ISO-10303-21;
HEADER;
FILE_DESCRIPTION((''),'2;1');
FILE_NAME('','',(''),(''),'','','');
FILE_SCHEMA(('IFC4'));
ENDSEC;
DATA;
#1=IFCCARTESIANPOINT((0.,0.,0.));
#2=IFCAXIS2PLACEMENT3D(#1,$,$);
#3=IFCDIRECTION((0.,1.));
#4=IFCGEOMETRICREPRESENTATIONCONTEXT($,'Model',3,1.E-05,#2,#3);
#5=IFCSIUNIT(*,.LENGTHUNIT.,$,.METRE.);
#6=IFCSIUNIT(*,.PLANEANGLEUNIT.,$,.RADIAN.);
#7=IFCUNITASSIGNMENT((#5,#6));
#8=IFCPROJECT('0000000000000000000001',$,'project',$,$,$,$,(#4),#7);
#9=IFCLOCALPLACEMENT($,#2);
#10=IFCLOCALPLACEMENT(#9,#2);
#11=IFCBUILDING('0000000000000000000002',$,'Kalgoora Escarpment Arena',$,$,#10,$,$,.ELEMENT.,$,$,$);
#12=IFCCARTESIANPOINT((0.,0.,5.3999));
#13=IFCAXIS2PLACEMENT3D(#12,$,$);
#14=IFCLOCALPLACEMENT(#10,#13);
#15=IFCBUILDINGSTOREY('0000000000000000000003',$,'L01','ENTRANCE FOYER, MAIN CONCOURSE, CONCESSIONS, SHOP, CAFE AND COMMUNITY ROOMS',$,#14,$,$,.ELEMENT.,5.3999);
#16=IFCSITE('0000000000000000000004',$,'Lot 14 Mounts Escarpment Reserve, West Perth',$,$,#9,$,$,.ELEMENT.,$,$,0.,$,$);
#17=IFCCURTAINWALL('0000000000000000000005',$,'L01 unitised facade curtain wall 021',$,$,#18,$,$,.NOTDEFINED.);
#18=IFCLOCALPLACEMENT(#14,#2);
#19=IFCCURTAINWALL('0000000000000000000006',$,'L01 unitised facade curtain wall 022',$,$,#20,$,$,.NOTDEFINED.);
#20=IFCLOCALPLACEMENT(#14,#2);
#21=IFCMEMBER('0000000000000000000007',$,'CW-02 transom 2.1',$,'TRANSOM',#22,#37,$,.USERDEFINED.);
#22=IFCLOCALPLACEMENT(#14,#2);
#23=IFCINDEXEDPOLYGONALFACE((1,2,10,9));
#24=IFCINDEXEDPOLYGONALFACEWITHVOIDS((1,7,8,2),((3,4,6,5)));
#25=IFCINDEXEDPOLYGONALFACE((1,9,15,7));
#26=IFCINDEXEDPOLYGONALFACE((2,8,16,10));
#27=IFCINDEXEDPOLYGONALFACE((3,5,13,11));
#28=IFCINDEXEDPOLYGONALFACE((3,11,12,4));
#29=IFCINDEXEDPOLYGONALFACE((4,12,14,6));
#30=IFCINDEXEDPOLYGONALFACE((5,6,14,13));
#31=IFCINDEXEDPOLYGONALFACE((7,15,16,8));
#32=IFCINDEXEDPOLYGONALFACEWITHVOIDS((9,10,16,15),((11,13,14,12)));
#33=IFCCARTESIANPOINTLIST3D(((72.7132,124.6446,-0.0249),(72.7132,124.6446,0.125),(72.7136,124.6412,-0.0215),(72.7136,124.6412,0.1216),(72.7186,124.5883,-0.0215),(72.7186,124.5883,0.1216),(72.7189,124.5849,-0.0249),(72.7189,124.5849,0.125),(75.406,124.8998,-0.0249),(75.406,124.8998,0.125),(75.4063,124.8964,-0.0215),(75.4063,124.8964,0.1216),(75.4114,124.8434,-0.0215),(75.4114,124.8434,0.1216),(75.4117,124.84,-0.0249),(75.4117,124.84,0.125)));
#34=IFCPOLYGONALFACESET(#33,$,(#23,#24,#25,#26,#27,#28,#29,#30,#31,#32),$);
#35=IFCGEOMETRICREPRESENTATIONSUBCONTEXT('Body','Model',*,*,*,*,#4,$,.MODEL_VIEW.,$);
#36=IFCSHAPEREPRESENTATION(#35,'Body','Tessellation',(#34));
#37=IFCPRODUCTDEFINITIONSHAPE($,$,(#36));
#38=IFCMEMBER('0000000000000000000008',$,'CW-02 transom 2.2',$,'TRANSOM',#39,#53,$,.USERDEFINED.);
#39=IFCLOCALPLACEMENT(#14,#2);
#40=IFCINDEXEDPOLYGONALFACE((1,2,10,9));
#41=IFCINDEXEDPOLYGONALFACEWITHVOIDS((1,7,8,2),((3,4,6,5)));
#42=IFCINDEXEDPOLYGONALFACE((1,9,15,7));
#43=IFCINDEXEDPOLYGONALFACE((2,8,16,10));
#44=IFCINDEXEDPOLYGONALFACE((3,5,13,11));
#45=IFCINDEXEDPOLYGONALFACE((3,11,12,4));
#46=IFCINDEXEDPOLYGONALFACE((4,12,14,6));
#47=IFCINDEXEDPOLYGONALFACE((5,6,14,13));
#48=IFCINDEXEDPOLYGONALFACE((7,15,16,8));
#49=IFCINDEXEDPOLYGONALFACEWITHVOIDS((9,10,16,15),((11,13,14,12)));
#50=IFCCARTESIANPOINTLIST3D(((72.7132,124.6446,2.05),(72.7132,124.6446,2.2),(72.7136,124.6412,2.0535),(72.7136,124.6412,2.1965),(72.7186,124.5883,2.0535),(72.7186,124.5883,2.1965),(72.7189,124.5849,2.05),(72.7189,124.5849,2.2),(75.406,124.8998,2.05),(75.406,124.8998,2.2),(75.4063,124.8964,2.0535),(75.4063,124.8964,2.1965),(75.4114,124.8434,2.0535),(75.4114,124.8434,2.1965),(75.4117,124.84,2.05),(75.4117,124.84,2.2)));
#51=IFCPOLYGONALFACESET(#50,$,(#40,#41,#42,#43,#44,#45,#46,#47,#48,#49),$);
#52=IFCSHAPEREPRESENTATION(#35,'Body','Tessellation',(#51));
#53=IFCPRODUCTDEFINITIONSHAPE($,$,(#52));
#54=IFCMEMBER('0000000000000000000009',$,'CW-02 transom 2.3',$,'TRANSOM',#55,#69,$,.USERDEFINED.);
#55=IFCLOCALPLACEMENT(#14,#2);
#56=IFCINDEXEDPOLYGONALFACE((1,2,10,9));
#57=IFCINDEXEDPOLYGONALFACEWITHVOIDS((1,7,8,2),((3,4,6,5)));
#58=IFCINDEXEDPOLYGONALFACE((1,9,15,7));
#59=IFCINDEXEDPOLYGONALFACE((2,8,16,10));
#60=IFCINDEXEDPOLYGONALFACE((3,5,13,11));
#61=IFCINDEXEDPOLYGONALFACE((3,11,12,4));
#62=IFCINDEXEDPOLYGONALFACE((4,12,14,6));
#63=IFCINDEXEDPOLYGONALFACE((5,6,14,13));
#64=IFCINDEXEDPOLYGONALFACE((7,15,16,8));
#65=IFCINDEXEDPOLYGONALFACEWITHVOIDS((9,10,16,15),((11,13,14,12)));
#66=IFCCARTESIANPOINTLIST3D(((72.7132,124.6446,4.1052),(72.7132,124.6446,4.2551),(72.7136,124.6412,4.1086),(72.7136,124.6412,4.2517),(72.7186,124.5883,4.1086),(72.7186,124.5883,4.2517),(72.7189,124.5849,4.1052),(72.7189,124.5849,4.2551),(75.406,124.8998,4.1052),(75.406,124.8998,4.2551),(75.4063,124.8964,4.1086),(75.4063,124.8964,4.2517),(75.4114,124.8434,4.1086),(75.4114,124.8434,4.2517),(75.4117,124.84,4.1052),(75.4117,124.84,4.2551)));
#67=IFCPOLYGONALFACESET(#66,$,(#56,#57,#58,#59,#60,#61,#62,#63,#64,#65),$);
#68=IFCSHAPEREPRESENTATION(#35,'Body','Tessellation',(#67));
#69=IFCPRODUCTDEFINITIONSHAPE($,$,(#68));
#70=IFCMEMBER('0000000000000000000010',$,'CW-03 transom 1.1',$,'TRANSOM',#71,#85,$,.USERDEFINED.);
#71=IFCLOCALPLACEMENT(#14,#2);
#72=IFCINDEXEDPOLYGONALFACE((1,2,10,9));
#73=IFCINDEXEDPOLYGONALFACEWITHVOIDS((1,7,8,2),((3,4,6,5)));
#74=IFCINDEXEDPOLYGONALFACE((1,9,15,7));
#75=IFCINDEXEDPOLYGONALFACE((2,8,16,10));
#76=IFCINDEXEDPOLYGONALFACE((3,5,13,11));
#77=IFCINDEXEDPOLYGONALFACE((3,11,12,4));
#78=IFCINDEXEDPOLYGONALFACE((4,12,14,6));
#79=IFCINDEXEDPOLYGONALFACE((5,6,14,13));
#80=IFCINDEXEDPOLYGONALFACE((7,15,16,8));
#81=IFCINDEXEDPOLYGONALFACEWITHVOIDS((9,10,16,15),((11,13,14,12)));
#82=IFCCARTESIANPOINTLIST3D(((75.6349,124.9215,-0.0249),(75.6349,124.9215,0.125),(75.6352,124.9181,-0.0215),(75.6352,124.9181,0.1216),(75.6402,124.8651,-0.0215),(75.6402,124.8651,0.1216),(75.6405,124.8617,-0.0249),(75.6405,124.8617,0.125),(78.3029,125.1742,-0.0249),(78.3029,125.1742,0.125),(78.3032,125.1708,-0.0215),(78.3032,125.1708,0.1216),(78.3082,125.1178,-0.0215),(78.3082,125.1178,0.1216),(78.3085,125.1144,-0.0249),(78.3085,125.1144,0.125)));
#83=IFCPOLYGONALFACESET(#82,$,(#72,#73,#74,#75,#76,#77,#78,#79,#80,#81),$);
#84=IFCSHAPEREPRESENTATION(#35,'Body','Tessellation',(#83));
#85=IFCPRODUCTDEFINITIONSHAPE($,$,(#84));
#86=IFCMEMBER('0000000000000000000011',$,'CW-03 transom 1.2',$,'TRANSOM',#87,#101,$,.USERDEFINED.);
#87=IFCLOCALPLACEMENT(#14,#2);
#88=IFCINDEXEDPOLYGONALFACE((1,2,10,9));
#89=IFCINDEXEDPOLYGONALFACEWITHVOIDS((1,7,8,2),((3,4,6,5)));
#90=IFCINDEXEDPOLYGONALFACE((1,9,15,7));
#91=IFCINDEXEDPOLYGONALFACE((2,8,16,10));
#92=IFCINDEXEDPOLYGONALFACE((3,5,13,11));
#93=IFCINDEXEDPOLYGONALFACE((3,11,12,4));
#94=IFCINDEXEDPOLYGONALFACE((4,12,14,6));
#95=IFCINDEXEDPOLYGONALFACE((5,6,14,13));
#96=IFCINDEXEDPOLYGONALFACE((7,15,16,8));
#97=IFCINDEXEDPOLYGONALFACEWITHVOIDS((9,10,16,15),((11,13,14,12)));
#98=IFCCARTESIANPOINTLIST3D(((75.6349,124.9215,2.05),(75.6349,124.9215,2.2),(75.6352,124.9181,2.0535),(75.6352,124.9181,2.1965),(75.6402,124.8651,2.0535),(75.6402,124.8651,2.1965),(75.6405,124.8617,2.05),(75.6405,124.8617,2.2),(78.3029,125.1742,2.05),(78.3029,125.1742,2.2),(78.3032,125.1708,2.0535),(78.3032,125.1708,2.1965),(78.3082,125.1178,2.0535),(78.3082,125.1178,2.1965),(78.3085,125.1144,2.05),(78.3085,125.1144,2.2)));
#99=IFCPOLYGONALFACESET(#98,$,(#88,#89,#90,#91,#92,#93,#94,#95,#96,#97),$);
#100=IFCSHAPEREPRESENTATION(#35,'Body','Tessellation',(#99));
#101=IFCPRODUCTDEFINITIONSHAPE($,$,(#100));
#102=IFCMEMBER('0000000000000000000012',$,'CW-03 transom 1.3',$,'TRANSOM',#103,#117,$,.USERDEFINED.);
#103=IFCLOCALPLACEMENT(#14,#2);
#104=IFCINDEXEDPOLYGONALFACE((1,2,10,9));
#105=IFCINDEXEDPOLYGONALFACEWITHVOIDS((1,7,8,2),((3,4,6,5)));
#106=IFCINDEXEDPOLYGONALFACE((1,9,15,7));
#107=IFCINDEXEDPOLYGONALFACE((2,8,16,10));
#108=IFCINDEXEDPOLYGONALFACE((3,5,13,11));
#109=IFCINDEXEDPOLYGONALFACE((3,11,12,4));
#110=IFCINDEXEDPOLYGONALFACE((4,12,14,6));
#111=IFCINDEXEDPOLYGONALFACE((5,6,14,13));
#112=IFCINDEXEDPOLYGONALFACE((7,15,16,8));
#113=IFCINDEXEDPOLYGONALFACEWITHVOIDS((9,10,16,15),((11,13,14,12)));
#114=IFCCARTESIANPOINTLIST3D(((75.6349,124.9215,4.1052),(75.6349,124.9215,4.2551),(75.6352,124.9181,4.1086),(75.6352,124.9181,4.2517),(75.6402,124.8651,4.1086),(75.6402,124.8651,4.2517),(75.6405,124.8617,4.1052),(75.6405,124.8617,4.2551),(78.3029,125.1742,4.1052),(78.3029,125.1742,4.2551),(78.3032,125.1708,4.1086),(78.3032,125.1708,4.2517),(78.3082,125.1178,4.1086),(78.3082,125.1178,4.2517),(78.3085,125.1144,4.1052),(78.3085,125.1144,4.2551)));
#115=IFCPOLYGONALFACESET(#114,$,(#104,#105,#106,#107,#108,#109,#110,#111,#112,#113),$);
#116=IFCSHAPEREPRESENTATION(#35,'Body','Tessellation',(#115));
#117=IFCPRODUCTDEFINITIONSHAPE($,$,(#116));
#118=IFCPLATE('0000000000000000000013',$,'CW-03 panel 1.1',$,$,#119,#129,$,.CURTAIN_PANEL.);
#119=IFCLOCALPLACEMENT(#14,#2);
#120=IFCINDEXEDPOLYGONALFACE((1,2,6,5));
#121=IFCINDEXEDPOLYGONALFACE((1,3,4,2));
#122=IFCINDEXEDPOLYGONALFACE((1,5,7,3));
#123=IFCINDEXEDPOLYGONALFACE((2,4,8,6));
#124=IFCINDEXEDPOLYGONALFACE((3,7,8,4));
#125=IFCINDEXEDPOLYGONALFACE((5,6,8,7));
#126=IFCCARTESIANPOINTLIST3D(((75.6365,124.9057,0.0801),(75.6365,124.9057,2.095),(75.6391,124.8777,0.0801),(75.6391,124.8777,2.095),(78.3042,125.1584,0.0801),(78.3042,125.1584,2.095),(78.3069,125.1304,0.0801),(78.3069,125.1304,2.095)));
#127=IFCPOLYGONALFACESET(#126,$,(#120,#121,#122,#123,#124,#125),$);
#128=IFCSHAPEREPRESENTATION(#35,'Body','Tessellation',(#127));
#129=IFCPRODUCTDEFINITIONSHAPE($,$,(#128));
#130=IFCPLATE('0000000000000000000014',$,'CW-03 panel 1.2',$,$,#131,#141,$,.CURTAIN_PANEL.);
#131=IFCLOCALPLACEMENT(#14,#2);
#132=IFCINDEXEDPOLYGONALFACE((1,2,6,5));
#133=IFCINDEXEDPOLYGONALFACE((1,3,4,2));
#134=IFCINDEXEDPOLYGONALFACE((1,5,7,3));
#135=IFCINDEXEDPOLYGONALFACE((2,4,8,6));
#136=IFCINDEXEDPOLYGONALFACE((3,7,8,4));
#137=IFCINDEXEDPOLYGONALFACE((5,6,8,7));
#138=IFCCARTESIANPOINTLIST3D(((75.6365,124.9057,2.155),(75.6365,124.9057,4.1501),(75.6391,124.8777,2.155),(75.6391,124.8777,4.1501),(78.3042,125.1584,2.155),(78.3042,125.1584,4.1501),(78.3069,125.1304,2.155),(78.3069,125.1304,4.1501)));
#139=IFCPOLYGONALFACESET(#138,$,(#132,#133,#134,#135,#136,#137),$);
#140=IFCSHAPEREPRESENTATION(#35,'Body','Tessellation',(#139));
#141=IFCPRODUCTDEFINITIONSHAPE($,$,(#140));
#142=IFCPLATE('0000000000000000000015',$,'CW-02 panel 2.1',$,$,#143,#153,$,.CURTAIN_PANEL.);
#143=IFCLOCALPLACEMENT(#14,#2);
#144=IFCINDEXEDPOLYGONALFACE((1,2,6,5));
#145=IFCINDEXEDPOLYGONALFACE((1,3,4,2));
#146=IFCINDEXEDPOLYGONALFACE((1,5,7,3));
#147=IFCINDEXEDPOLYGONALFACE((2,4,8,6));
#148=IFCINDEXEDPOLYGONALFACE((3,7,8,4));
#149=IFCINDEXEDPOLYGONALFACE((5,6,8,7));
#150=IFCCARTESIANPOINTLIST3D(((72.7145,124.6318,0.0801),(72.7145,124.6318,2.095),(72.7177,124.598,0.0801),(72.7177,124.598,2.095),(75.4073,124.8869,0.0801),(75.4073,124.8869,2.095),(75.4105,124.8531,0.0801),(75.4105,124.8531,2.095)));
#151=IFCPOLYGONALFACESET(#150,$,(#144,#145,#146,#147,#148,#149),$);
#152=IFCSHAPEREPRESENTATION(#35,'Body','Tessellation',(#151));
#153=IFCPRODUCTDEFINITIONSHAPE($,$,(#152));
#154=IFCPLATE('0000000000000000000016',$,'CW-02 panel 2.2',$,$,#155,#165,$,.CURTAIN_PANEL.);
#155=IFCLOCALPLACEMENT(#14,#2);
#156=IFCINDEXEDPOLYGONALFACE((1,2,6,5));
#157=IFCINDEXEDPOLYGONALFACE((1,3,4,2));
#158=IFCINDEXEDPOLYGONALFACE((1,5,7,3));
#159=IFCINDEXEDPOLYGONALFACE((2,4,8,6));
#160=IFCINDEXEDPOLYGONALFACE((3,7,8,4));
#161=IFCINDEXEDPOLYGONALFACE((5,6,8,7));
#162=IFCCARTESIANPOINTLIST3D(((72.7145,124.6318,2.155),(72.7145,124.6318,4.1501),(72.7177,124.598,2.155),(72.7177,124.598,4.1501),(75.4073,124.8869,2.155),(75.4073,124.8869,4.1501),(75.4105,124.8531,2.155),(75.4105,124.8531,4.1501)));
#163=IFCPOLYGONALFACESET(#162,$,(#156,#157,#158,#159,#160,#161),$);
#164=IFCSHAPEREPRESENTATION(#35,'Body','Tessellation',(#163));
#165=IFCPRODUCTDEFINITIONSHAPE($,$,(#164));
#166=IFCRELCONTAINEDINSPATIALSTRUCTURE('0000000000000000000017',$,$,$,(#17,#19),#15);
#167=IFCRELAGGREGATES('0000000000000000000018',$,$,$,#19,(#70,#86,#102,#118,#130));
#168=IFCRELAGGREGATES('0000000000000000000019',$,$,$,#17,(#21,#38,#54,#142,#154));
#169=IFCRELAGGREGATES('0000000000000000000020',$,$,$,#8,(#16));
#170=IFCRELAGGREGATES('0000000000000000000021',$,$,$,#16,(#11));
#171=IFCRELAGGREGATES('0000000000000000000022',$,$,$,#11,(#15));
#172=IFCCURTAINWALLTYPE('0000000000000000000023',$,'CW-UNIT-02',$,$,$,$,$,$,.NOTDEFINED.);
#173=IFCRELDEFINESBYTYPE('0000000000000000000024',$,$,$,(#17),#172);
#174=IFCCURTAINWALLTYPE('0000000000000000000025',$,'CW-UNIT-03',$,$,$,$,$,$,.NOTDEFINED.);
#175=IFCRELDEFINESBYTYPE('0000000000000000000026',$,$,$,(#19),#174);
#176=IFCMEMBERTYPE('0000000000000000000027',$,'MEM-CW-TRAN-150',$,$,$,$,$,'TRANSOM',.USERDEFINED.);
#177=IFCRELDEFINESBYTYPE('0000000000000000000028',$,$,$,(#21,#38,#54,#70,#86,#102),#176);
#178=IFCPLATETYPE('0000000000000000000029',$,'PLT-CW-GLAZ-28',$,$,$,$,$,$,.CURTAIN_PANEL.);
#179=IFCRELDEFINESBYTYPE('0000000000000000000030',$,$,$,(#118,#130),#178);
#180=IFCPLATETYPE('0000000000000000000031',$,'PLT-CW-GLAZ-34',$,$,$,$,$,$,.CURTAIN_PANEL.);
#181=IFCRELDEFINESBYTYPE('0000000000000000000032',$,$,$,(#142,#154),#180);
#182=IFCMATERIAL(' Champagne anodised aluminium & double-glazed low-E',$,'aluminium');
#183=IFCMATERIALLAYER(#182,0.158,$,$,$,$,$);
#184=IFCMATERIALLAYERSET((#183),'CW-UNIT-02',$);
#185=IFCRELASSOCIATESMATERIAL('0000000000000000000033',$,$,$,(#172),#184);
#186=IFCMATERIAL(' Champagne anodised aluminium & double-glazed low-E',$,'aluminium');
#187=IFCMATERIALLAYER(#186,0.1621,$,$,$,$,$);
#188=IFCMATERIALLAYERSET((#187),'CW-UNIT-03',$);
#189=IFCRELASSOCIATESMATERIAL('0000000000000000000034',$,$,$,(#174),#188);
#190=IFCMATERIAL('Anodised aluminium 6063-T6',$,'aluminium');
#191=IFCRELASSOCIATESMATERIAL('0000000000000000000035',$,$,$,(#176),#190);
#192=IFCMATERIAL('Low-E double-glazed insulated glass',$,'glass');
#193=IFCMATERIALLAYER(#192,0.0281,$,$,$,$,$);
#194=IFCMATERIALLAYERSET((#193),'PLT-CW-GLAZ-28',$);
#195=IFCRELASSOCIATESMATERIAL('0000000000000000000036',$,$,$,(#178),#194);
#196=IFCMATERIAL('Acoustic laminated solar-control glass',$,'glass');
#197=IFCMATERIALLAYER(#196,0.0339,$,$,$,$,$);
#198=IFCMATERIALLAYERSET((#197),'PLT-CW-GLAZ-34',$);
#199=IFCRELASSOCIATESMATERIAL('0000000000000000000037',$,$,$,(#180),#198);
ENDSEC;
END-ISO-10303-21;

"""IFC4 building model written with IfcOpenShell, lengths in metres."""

from ifc_helpers import new_model, si_unit, direction, frame, origin, origin_2d, place, context, subcontext, project, spatial, rectangle, hollow_rectangle, extrude, material, layer, layer_set, material_profile, profile_set, type_object, element, aggregate, save


model = new_model("IFC4")

# Units and contexts
model_context = context("Model", 3, precision=1e-05, world=origin(), true_north=direction((0.0, 1.0)))
body_context = subcontext(model_context, "Body", "Model", "MODEL_VIEW")
ifc_project = project(units=[si_unit("LENGTHUNIT", "METRE"), si_unit("PLANEANGLEUNIT", "RADIAN")], contexts=[model_context])

# Site, building, storey
site_placement = place(None, origin())
site = spatial("IfcSite", under=ifc_project, at=site_placement, Name="Lot 14 Mounts Escarpment Reserve, West Perth", CompositionType="ELEMENT", RefElevation=0.0)
building_placement = place(site_placement, origin())
building = spatial("IfcBuilding", under=site, at=building_placement, Name="Kalgoora Escarpment Arena", CompositionType="ELEMENT")
storey_placement = place(building_placement, frame((0.0, 0.0, 5.3999)))
storey = spatial("IfcBuildingStorey", under=building, at=storey_placement, Name="L01", Description="ENTRANCE FOYER, MAIN CONCOURSE, CONCESSIONS, SHOP, CAFE AND COMMUNITY ROOMS", CompositionType="ELEMENT", Elevation=5.3999)

# Curtain walls
ifc_material_1 = material(Name=" Champagne anodised aluminium & double-glazed low-E", Category="aluminium")
ifc_layer_1 = layer(ifc_material_1, 0.158)
ifc_layer_set_1 = layer_set([ifc_layer_1], Name="CW-UNIT-02")
curtain_wall_type_1 = type_object("IfcCurtainWallType", Name="CW-UNIT-02", PredefinedType="NOTDEFINED", material=ifc_layer_set_1)
curtain_wall_1_placement = place(storey_placement, origin())
curtain_wall_1 = element("IfcCurtainWall", 1, at=curtain_wall_1_placement, inside=storey, type_object=curtain_wall_type_1, Name="L01 unitised facade curtain wall 021", PredefinedType="NOTDEFINED")
ifc_material_2 = material(Name=" Champagne anodised aluminium & double-glazed low-E", Category="aluminium")
ifc_layer_2 = layer(ifc_material_2, 0.1621)
ifc_layer_set_2 = layer_set([ifc_layer_2], Name="CW-UNIT-03")
curtain_wall_type_2 = type_object("IfcCurtainWallType", Name="CW-UNIT-03", PredefinedType="NOTDEFINED", material=ifc_layer_set_2)
curtain_wall_2_placement = place(storey_placement, origin())
curtain_wall_2 = element("IfcCurtainWall", 2, at=curtain_wall_2_placement, inside=storey, type_object=curtain_wall_type_2, Name="L01 unitised facade curtain wall 022", PredefinedType="NOTDEFINED")

# Members
ifc_material_3 = material(Name="Anodised aluminium 6063-T6", Category="aluminium")
ifc_material_profile_1 = material_profile(ifc_material_3, hollow_rectangle(XDim=0.0601, YDim=0.1499, WallThickness=0.0034, at=origin_2d()))
ifc_profile_set_1 = profile_set([ifc_material_profile_1], Name="Anodised aluminium 6063-T6")
member_type_1 = type_object("IfcMemberType", Name="MEM-CW-TRAN-150", ElementType="TRANSOM", PredefinedType="USERDEFINED", material=ifc_profile_set_1)
member_1_placement = place(storey_placement, frame((72.7161, 124.6147, 0.05), z_axis=(0.995542, 0.094319, 0.0), x_axis=(-0.094319, 0.995542, 0.0)))
member_1 = element("IfcMember", 3, at=member_1_placement, type_object=member_type_1, Name="CW-02 transom 2.1", ObjectType="TRANSOM", PredefinedType="USERDEFINED", context=body_context, shape_type="SweptSolid", body=[
    extrude(hollow_rectangle(XDim=0.0601, YDim=0.1499, WallThickness=0.0034, at=origin_2d()), origin(), (0.0, 0.0, 1.0), 2.7048),
])
member_2_placement = place(storey_placement, frame((72.7161, 124.6147, 2.125), z_axis=(0.995542, 0.094319, 0.0), x_axis=(-0.094319, 0.995542, 0.0)))
member_2 = element("IfcMember", 4, at=member_2_placement, type_object=member_type_1, Name="CW-02 transom 2.2", ObjectType="TRANSOM", PredefinedType="USERDEFINED", context=body_context, shape_type="SweptSolid", body=[
    extrude(hollow_rectangle(XDim=0.0601, YDim=0.1499, WallThickness=0.0034, at=origin_2d()), origin(), (0.0, 0.0, 1.0), 2.7048),
])
member_3_placement = place(storey_placement, frame((72.7161, 124.6147, 4.1802), z_axis=(0.995542, 0.094319, 0.0), x_axis=(-0.094319, 0.995542, 0.0)))
member_3 = element("IfcMember", 5, at=member_3_placement, type_object=member_type_1, Name="CW-02 transom 2.3", ObjectType="TRANSOM", PredefinedType="USERDEFINED", context=body_context, shape_type="SweptSolid", body=[
    extrude(hollow_rectangle(XDim=0.0601, YDim=0.1499, WallThickness=0.0034, at=origin_2d()), origin(), (0.0, 0.0, 1.0), 2.7048),
])
member_4_placement = place(storey_placement, frame((75.6377, 124.8916, 0.05), z_axis=(0.995545, 0.094289, 0.0), x_axis=(-0.094289, 0.995545, 0.0)))
member_4 = element("IfcMember", 6, at=member_4_placement, type_object=member_type_1, Name="CW-03 transom 1.1", ObjectType="TRANSOM", PredefinedType="USERDEFINED", context=body_context, shape_type="SweptSolid", body=[
    extrude(hollow_rectangle(XDim=0.0601, YDim=0.1499, WallThickness=0.0034, at=origin_2d()), origin(), (0.0, 0.0, 1.0), 2.6799),
])
member_5_placement = place(storey_placement, frame((75.6377, 124.8916, 2.125), z_axis=(0.995545, 0.094289, 0.0), x_axis=(-0.094289, 0.995545, 0.0)))
member_5 = element("IfcMember", 7, at=member_5_placement, type_object=member_type_1, Name="CW-03 transom 1.2", ObjectType="TRANSOM", PredefinedType="USERDEFINED", context=body_context, shape_type="SweptSolid", body=[
    extrude(hollow_rectangle(XDim=0.0601, YDim=0.1499, WallThickness=0.0034, at=origin_2d()), origin(), (0.0, 0.0, 1.0), 2.6799),
])
member_6_placement = place(storey_placement, frame((75.6377, 124.8916, 4.1802), z_axis=(0.995545, 0.094289, 0.0), x_axis=(-0.094289, 0.995545, 0.0)))
member_6 = element("IfcMember", 8, at=member_6_placement, type_object=member_type_1, Name="CW-03 transom 1.3", ObjectType="TRANSOM", PredefinedType="USERDEFINED", context=body_context, shape_type="SweptSolid", body=[
    extrude(hollow_rectangle(XDim=0.0601, YDim=0.1499, WallThickness=0.0034, at=origin_2d()), origin(), (0.0, 0.0, 1.0), 2.6799),
])

# Plates
ifc_material_4 = material(Name="Low-E double-glazed insulated glass", Category="glass")
ifc_layer_3 = layer(ifc_material_4, 0.0281)
ifc_layer_set_3 = layer_set([ifc_layer_3], Name="PLT-CW-GLAZ-28")
plate_type_1 = type_object("IfcPlateType", Name="PLT-CW-GLAZ-28", PredefinedType="CURTAIN_PANEL", material=ifc_layer_set_3)
plate_1_placement = place(storey_placement, frame((76.9717, 125.0181, 0.0801), z_axis=(0.0, 0.0, 1.0), x_axis=(0.995544, 0.094301, 0.0)))
plate_1 = element("IfcPlate", 9, at=plate_1_placement, type_object=plate_type_1, Name="CW-03 panel 1.1", PredefinedType="CURTAIN_PANEL", context=body_context, shape_type="SweptSolid", body=[
    extrude(rectangle(XDim=2.6797, YDim=0.0281, at=origin_2d()), origin(), (0.0, 0.0, 1.0), 2.0149),
])
plate_2_placement = place(storey_placement, frame((76.9717, 125.0181, 2.155), z_axis=(0.0, 0.0, 1.0), x_axis=(0.995544, 0.094301, 0.0)))
plate_2 = element("IfcPlate", 10, at=plate_2_placement, type_object=plate_type_1, Name="CW-03 panel 1.2", PredefinedType="CURTAIN_PANEL", context=body_context, shape_type="SweptSolid", body=[
    extrude(rectangle(XDim=2.6797, YDim=0.0281, at=origin_2d()), origin(), (0.0, 0.0, 1.0), 1.9951),
])
aggregate(curtain_wall_2, [member_4, member_5, member_6, plate_1, plate_2])
ifc_material_5 = material(Name="Acoustic laminated solar-control glass", Category="glass")
ifc_layer_4 = layer(ifc_material_5, 0.0339)
ifc_layer_set_4 = layer_set([ifc_layer_4], Name="PLT-CW-GLAZ-34")
plate_type_2 = type_object("IfcPlateType", Name="PLT-CW-GLAZ-34", PredefinedType="CURTAIN_PANEL", material=ifc_layer_set_4)
plate_3_placement = place(storey_placement, frame((74.0625, 124.7424, 0.0801), z_axis=(0.0, 0.0, 1.0), x_axis=(0.995542, 0.094316, 0.0)))
plate_3 = element("IfcPlate", 11, at=plate_3_placement, type_object=plate_type_2, Name="CW-02 panel 2.1", PredefinedType="CURTAIN_PANEL", context=body_context, shape_type="SweptSolid", body=[
    extrude(rectangle(XDim=2.7048, YDim=0.0339, at=origin_2d()), origin(), (0.0, 0.0, 1.0), 2.0149),
])
plate_4_placement = place(storey_placement, frame((74.0625, 124.7424, 2.155), z_axis=(0.0, 0.0, 1.0), x_axis=(0.995542, 0.094316, 0.0)))
plate_4 = element("IfcPlate", 12, at=plate_4_placement, type_object=plate_type_2, Name="CW-02 panel 2.2", PredefinedType="CURTAIN_PANEL", context=body_context, shape_type="SweptSolid", body=[
    extrude(rectangle(XDim=2.7048, YDim=0.0339, at=origin_2d()), origin(), (0.0, 0.0, 1.0), 1.9951),
])
aggregate(curtain_wall_1, [member_1, member_2, member_3, plate_3, plate_4])

save(model, "model.ifc")
